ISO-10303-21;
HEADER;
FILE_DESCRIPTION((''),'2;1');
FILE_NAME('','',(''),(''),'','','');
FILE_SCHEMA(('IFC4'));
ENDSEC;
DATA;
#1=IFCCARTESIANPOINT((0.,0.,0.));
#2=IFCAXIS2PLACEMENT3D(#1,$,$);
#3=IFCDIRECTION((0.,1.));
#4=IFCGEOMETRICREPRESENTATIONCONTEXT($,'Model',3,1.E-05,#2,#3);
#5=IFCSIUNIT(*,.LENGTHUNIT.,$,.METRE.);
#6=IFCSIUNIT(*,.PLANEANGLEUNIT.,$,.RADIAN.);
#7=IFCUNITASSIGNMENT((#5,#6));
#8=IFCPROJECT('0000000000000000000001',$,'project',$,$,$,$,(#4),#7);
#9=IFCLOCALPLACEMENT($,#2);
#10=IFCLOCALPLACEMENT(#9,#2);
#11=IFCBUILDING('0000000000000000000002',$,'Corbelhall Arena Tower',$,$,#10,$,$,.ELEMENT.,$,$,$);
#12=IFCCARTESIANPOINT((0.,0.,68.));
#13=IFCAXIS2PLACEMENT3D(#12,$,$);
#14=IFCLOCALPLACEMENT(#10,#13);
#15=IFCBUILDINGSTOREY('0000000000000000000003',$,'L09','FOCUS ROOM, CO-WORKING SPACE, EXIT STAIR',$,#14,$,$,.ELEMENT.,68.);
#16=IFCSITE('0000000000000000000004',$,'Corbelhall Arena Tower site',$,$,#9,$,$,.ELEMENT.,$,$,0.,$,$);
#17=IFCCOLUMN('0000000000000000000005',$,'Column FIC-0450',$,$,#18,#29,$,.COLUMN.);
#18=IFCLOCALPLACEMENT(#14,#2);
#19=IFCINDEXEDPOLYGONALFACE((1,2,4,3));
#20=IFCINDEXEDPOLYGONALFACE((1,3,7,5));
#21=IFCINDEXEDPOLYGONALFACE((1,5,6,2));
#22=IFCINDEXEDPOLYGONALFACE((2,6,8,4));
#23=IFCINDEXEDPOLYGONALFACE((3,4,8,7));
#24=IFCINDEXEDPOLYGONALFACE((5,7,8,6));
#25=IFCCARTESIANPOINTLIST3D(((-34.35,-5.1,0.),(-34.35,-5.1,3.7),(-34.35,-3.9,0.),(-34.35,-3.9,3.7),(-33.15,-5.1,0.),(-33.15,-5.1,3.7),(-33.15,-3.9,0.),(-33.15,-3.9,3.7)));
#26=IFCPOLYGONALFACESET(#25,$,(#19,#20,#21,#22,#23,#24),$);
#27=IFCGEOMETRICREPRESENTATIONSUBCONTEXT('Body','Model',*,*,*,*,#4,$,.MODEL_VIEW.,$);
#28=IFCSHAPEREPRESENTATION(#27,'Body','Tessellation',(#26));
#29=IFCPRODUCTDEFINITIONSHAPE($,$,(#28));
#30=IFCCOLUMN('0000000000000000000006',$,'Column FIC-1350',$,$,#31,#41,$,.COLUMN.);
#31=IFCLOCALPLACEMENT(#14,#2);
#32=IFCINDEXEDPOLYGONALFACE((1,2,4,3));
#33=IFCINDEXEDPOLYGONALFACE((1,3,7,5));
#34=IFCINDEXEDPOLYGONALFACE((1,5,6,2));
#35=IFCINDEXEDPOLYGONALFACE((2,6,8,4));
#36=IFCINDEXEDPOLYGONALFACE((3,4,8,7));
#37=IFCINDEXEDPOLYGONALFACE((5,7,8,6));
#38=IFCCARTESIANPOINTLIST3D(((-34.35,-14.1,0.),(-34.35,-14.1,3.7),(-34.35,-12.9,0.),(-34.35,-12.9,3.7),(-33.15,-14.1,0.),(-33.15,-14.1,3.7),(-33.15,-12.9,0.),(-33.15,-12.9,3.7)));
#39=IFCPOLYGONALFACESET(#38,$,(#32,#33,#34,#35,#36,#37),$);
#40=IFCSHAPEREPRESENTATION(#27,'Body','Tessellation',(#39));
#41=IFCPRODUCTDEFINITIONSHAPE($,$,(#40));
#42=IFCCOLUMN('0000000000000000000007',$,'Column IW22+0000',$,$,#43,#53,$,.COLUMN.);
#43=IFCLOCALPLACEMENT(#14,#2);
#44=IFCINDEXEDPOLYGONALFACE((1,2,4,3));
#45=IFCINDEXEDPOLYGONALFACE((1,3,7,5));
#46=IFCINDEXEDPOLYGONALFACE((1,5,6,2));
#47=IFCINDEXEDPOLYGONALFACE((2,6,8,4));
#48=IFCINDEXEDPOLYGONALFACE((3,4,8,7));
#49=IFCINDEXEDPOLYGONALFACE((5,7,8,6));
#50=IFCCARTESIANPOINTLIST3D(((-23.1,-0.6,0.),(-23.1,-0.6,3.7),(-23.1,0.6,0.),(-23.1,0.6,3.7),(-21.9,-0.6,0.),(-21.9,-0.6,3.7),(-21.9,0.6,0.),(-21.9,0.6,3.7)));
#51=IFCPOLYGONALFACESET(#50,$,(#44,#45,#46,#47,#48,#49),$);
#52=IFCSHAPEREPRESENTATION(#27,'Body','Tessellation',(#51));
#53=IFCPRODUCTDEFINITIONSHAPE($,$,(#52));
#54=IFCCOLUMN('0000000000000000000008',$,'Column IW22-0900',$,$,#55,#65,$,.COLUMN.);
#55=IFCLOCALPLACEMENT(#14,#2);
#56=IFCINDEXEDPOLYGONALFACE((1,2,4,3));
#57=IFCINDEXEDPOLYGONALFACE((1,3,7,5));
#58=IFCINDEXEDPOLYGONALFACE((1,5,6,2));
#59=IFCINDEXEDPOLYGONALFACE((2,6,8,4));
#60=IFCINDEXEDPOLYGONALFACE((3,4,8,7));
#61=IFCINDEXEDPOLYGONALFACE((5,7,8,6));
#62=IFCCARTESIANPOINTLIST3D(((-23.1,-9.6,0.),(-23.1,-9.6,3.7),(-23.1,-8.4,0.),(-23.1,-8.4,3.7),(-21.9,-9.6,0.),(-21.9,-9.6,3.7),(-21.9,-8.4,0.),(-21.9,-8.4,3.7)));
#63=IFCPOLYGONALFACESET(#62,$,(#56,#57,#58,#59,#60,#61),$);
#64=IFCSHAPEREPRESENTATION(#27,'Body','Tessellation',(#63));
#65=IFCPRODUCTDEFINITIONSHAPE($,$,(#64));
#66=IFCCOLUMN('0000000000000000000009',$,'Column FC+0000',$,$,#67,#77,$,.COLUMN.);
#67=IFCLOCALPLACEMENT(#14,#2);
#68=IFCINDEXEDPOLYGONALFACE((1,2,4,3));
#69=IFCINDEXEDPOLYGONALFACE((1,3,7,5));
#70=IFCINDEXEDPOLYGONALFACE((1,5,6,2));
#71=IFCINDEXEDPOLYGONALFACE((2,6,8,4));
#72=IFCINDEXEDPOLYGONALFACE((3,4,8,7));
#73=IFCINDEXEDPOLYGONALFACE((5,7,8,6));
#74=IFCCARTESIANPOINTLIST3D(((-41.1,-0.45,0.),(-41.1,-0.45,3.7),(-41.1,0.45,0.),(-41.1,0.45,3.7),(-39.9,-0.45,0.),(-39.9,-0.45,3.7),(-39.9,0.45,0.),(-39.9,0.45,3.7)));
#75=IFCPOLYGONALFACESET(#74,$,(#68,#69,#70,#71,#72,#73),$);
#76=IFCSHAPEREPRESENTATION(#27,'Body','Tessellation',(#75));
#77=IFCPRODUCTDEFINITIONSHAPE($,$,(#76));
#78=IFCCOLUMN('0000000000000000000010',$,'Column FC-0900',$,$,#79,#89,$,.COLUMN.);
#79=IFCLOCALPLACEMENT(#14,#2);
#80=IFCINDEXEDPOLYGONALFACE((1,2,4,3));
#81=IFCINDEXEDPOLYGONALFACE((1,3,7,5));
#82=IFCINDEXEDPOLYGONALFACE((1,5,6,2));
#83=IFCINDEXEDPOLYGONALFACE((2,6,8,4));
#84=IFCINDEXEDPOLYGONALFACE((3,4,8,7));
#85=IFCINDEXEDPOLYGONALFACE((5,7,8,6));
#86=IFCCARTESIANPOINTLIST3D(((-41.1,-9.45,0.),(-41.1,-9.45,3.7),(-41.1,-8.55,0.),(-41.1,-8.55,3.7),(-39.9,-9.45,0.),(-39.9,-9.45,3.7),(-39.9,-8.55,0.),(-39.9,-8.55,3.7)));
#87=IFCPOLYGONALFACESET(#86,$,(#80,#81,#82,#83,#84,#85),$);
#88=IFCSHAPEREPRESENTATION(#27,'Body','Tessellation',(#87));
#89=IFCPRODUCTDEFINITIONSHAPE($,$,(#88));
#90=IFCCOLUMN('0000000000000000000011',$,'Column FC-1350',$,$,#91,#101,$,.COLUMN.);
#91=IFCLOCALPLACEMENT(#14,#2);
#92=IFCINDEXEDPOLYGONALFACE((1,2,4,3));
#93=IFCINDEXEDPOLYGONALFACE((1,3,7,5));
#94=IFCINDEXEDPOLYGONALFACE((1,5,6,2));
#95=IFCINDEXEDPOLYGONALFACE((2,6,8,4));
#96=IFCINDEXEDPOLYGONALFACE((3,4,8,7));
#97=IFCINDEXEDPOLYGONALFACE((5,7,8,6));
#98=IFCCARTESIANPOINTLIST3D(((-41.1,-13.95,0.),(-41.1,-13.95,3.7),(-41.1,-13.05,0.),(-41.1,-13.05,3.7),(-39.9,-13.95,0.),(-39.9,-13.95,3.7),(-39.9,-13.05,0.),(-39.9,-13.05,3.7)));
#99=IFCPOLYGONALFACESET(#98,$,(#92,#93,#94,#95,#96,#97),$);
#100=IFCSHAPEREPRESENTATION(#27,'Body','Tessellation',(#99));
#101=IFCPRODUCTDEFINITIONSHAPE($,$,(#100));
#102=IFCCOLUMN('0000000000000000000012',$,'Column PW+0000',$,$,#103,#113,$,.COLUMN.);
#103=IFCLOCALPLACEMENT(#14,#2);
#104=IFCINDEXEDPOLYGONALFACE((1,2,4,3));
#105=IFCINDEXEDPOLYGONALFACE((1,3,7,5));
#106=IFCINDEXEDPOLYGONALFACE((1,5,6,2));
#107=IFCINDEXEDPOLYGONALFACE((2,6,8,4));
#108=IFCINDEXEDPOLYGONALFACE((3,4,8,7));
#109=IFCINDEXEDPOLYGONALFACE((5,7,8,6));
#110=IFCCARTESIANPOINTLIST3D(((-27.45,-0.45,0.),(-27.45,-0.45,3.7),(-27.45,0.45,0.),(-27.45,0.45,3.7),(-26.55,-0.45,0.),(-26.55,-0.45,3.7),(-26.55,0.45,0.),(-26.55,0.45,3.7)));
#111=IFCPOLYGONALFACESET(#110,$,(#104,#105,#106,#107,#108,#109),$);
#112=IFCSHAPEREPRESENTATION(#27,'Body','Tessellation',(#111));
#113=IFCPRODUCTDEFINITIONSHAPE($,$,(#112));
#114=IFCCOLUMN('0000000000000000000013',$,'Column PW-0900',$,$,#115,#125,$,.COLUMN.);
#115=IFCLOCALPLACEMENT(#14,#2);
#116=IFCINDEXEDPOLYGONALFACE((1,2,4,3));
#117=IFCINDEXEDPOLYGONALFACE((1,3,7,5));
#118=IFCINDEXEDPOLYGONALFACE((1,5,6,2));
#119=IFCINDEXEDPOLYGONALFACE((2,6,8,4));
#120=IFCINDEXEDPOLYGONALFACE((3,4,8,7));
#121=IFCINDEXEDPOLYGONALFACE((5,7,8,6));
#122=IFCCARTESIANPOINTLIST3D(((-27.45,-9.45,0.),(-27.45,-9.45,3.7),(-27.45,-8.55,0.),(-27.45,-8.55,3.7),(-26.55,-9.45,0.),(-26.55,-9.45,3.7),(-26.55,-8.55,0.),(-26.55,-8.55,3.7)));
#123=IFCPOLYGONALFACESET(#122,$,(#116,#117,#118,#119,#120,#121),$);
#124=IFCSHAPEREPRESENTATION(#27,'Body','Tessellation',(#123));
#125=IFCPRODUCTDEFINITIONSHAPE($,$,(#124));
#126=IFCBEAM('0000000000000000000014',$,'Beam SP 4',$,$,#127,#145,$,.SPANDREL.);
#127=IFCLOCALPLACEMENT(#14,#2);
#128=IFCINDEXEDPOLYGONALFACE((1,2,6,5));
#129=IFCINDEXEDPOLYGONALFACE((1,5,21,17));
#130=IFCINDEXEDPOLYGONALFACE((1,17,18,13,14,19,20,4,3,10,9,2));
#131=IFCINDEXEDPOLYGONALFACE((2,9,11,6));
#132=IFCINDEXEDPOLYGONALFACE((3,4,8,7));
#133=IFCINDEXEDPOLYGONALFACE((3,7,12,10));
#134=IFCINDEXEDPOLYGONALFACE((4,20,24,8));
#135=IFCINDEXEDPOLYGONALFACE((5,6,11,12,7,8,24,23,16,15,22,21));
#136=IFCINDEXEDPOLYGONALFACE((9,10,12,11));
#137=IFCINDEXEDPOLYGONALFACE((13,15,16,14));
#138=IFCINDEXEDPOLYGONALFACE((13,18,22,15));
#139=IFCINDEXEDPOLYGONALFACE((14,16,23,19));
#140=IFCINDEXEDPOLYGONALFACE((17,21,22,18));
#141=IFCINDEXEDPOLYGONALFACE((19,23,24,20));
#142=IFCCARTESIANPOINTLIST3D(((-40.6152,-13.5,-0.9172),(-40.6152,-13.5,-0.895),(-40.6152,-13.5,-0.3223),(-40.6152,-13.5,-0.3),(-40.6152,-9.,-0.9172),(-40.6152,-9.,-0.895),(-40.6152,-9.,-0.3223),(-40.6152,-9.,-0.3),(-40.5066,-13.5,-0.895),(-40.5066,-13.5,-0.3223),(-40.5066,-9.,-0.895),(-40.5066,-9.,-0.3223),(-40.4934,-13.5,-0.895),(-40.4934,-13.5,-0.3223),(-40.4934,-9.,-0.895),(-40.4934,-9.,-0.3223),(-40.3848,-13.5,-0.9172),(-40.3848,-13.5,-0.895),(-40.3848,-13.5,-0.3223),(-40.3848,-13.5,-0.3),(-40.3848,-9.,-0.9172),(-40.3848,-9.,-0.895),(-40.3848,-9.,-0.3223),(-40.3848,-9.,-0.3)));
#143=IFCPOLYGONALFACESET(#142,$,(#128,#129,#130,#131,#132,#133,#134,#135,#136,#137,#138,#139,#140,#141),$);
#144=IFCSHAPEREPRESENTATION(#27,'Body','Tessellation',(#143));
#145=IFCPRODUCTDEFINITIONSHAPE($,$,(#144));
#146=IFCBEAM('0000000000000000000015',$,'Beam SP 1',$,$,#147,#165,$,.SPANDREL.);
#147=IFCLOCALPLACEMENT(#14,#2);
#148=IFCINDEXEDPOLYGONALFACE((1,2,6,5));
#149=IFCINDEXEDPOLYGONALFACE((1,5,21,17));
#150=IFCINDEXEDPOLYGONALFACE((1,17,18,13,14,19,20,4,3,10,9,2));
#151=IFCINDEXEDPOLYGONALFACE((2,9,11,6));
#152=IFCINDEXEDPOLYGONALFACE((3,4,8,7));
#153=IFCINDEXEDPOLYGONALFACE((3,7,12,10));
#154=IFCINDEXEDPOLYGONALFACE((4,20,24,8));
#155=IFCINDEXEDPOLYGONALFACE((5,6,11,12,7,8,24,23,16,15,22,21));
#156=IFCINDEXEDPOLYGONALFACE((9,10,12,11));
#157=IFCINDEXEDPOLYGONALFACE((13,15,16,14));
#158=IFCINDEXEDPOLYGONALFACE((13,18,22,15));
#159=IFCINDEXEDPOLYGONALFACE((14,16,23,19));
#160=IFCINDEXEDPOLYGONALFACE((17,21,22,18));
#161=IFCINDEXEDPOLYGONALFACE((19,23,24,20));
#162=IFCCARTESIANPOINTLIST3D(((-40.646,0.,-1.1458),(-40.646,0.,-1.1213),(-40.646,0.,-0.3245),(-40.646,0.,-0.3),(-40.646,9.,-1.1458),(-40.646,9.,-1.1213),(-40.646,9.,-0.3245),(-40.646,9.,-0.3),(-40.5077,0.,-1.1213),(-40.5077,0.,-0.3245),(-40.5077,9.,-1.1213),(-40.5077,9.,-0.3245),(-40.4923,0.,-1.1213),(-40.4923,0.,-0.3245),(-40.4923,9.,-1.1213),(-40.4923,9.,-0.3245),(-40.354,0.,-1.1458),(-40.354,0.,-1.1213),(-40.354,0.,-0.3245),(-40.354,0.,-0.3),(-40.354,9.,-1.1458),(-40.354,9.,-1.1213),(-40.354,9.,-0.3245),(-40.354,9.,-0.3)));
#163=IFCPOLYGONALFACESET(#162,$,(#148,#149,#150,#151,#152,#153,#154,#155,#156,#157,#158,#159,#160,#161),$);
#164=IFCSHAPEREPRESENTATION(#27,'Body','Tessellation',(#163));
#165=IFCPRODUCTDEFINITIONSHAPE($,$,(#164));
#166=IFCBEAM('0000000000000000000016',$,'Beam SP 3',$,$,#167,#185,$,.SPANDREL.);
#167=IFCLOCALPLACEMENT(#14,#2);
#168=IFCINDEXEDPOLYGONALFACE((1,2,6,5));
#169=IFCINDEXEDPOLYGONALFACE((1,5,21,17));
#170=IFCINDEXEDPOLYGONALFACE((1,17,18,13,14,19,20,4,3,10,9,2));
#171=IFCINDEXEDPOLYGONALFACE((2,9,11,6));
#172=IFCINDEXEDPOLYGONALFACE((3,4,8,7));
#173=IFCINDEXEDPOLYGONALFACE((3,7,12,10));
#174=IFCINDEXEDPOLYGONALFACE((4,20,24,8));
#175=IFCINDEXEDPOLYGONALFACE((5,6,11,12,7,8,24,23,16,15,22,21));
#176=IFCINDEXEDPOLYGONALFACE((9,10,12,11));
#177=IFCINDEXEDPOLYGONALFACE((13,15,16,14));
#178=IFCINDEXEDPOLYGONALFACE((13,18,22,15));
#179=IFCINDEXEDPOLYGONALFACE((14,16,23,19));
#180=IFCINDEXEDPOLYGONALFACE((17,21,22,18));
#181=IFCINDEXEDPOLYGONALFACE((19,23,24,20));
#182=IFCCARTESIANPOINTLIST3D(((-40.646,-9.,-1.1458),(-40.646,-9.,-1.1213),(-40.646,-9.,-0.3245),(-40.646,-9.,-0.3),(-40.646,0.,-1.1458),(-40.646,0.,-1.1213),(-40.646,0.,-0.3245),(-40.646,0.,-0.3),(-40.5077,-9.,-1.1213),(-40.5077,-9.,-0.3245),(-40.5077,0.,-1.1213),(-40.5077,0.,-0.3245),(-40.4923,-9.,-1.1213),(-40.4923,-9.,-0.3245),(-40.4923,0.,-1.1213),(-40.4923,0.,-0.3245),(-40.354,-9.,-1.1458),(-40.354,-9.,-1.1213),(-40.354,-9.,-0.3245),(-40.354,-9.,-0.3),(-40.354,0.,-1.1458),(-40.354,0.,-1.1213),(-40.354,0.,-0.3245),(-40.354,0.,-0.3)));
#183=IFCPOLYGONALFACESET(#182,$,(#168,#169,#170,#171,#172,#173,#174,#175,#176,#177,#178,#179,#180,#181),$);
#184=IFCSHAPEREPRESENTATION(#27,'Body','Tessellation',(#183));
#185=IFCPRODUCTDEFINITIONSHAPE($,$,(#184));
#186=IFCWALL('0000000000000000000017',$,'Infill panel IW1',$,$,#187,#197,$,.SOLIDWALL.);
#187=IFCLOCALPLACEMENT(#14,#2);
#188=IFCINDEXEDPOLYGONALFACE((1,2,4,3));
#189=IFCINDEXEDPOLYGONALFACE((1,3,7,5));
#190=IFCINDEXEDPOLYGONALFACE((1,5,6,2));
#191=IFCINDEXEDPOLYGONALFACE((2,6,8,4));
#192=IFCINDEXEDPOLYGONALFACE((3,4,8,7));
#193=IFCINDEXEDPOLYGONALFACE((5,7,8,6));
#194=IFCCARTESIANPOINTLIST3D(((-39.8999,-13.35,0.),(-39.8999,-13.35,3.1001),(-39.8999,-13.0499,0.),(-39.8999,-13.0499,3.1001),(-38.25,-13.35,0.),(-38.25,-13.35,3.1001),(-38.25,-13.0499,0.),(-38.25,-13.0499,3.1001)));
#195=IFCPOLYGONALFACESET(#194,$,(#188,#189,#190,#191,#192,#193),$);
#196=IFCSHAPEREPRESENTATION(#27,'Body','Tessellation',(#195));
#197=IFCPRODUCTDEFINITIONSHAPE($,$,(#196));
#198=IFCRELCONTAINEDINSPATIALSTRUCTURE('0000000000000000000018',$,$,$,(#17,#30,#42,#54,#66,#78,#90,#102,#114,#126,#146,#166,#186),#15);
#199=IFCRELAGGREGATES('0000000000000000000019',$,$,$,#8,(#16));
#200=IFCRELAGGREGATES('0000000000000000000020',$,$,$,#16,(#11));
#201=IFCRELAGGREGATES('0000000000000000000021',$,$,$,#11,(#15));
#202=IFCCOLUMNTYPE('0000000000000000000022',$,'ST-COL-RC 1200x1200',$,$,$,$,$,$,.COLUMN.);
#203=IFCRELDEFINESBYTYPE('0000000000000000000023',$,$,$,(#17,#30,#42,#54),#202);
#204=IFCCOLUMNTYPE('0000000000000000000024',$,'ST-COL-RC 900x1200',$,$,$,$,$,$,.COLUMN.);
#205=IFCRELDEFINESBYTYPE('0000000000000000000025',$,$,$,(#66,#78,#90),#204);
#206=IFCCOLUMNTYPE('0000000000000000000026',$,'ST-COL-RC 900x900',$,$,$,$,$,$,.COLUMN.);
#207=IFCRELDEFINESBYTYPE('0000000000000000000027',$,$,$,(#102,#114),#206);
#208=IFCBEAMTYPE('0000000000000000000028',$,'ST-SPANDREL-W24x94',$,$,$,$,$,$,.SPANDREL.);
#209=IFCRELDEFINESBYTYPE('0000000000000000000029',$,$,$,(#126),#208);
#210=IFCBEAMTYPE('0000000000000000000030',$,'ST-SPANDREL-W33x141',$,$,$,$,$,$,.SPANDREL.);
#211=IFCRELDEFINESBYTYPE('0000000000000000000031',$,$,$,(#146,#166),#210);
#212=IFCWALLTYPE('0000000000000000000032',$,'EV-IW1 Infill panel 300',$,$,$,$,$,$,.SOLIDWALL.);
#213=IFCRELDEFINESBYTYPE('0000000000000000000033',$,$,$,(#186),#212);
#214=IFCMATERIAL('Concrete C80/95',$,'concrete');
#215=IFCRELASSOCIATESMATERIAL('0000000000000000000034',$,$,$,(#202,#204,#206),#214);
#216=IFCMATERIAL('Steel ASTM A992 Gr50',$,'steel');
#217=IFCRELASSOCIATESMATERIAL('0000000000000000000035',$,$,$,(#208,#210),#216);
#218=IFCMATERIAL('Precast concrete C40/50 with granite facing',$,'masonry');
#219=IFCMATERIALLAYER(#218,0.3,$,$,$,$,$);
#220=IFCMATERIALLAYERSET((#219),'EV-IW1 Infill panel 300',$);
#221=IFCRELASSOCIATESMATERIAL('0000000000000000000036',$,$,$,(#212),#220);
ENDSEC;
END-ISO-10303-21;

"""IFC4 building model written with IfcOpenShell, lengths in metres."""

from ifc_helpers import new_model, si_unit, direction, frame, frame_2d, origin, origin_2d, place, context, subcontext, project, spatial, rectangle, i_section, extrude, material, layer, layer_set, material_profile, profile_set, type_object, element, save


model = new_model("IFC4")

# Units and contexts
model_context = context("Model", 3, precision=1e-05, world=origin(), true_north=direction((0.0, 1.0)))
body_context = subcontext(model_context, "Body", "Model", "MODEL_VIEW")
ifc_project = project(units=[si_unit("LENGTHUNIT", "METRE"), si_unit("PLANEANGLEUNIT", "RADIAN")], contexts=[model_context])

# Site, building, storey
site_placement = place(None, origin())
site = spatial("IfcSite", under=ifc_project, at=site_placement, Name="Corbelhall Arena Tower site", CompositionType="ELEMENT", RefElevation=0.0)
building_placement = place(site_placement, origin())
building = spatial("IfcBuilding", under=site, at=building_placement, Name="Corbelhall Arena Tower", CompositionType="ELEMENT")
storey_placement = place(building_placement, frame((0.0, 0.0, 68.0)))
storey = spatial("IfcBuildingStorey", under=building, at=storey_placement, Name="L09", Description="FOCUS ROOM, CO-WORKING SPACE, EXIT STAIR", CompositionType="ELEMENT", Elevation=68.0)

# Columns
ifc_material_1 = material(Name="Concrete C80/95", Category="concrete")
ifc_material_profile_1 = material_profile(ifc_material_1, rectangle(XDim=1.2, YDim=1.2, at=origin_2d()))
ifc_profile_set_1 = profile_set([ifc_material_profile_1], Name="Concrete C80/95")
column_type_1 = type_object("IfcColumnType", Name="ST-COL-RC 1200x1200", PredefinedType="COLUMN", material=ifc_profile_set_1)
for number, where, z_axis, x_axis, name in (
    (1, (-33.75, -4.5, 0.0), (0.0, 0.0, 1.0), (1.0, 0.0, 0.0), "Column FIC-0450"),
    (2, (-33.75, -13.5, 0.0), (0.0, 0.0, 1.0), (1.0, 0.0, 0.0), "Column FIC-1350"),
    (3, (-22.5, 0.0, 0.0), (0.0, 0.0, 1.0), (1.0, 0.0, 0.0), "Column IW22+0000"),
    (4, (-22.5, -9.0, 0.0), (0.0, 0.0, 1.0), (1.0, 0.0, 0.0), "Column IW22-0900"),
):
    element("IfcColumn", number, at=place(storey_placement, frame(where, z_axis=z_axis, x_axis=x_axis)), inside=storey, type_object=column_type_1, Name=name, PredefinedType="COLUMN", context=body_context, shape_type="SweptSolid", body=[
        extrude(rectangle(XDim=1.2, YDim=1.2, at=origin_2d()), origin(), (0.0, 0.0, 1.0), 3.7),
    ])
ifc_material_profile_2 = material_profile(ifc_material_1, rectangle(XDim=0.8999, YDim=1.2, at=origin_2d()))
ifc_profile_set_2 = profile_set([ifc_material_profile_2], Name="Concrete C80/95")
column_type_2 = type_object("IfcColumnType", Name="ST-COL-RC 900x1200", PredefinedType="COLUMN", material=ifc_profile_set_2)
for number, where, z_axis, x_axis, name in (
    (5, (-40.5, 0.0, 0.0), (0.0, 0.0, 1.0), (0.0, 1.0, 0.0), "Column FC+0000"),
    (6, (-40.5, -9.0, 0.0), (0.0, 0.0, 1.0), (0.0, 1.0, 0.0), "Column FC-0900"),
    (7, (-40.5, -13.5, 0.0), (0.0, 0.0, 1.0), (0.0, 1.0, 0.0), "Column FC-1350"),
):
    element("IfcColumn", number, at=place(storey_placement, frame(where, z_axis=z_axis, x_axis=x_axis)), inside=storey, type_object=column_type_2, Name=name, PredefinedType="COLUMN", context=body_context, shape_type="SweptSolid", body=[
        extrude(rectangle(XDim=0.8999, YDim=1.2, at=origin_2d()), origin(), (0.0, 0.0, 1.0), 3.7),
    ])
ifc_material_profile_3 = material_profile(ifc_material_1, rectangle(XDim=0.8999, YDim=0.8999, at=origin_2d()))
ifc_profile_set_3 = profile_set([ifc_material_profile_3], Name="Concrete C80/95")
column_type_3 = type_object("IfcColumnType", Name="ST-COL-RC 900x900", PredefinedType="COLUMN", material=ifc_profile_set_3)
for number, where, z_axis, x_axis, name in (
    (8, (-27.0, 0.0, 0.0), (0.0, 0.0, 1.0), (1.0, 0.0, 0.0), "Column PW+0000"),
    (9, (-27.0, -9.0, 0.0), (0.0, 0.0, 1.0), (1.0, 0.0, 0.0), "Column PW-0900"),
):
    element("IfcColumn", number, at=place(storey_placement, frame(where, z_axis=z_axis, x_axis=x_axis)), inside=storey, type_object=column_type_3, Name=name, PredefinedType="COLUMN", context=body_context, shape_type="SweptSolid", body=[
        extrude(rectangle(XDim=0.8999, YDim=0.8999, at=origin_2d()), origin(), (0.0, 0.0, 1.0), 3.7),
    ])

# Beams
ifc_material_2 = material(Name="Steel ASTM A992 Gr50", Category="steel")
ifc_material_profile_4 = material_profile(ifc_material_2, i_section(OverallWidth=0.2305, OverallDepth=0.6172, WebThickness=0.0132, FlangeThickness=0.0222, at=origin_2d()))
ifc_profile_set_4 = profile_set([ifc_material_profile_4], Name="Steel ASTM A992 Gr50")
beam_type_1 = type_object("IfcBeamType", Name="ST-SPANDREL-W24x94", PredefinedType="SPANDREL", material=ifc_profile_set_4)
beam_placement = place(storey_placement, frame((-40.5, -13.5, -0.6086), z_axis=(0.0, 1.0, 0.0), x_axis=(-1.0, 0.0, 0.0)))
element("IfcBeam", 10, at=beam_placement, inside=storey, type_object=beam_type_1, Name="Beam SP 4", PredefinedType="SPANDREL", context=body_context, shape_type="SweptSolid", body=[
    extrude(i_section(OverallWidth=0.2305, OverallDepth=0.6172, WebThickness=0.0132, FlangeThickness=0.0222, at=origin_2d()), origin(), (0.0, 0.0, 1.0), 4.5),
])
ifc_material_profile_5 = material_profile(ifc_material_2, i_section(OverallWidth=0.292, OverallDepth=0.8457, WebThickness=0.0154, FlangeThickness=0.0244, at=origin_2d()))
ifc_profile_set_5 = profile_set([ifc_material_profile_5], Name="Steel ASTM A992 Gr50")
beam_type_2 = type_object("IfcBeamType", Name="ST-SPANDREL-W33x141", PredefinedType="SPANDREL", material=ifc_profile_set_5)
for number, where, z_axis, x_axis, name in (
    (11, (-40.5, 0.0, -0.7229), (0.0, 1.0, 0.0), (-1.0, 0.0, 0.0), "Beam SP 1"),
    (12, (-40.5, -9.0, -0.7229), (0.0, 1.0, 0.0), (-1.0, 0.0, 0.0), "Beam SP 3"),
):
    element("IfcBeam", number, at=place(storey_placement, frame(where, z_axis=z_axis, x_axis=x_axis)), inside=storey, type_object=beam_type_2, Name=name, PredefinedType="SPANDREL", context=body_context, shape_type="SweptSolid", body=[
        extrude(i_section(OverallWidth=0.292, OverallDepth=0.8457, WebThickness=0.0154, FlangeThickness=0.0244, at=origin_2d()), origin(), (0.0, 0.0, 1.0), 9.0),
    ])

# Wall
ifc_material_3 = material(Name="Precast concrete C40/50 with granite facing", Category="masonry")
ifc_layer_1 = layer(ifc_material_3, 0.3)
ifc_layer_set_1 = layer_set([ifc_layer_1], Name="EV-IW1 Infill panel 300")
wall_type_1 = type_object("IfcWallType", Name="EV-IW1 Infill panel 300", PredefinedType="SOLIDWALL", material=ifc_layer_set_1)
wall_1_placement = place(storey_placement, frame((-39.8999, -13.2, 0.0), z_axis=(0.0, 0.0, 1.0), x_axis=(1.0, 0.0, 0.0)))
element("IfcWall", 13, at=wall_1_placement, inside=storey, type_object=wall_type_1, Name="Infill panel IW1", PredefinedType="SOLIDWALL", context=body_context, shape_type="SweptSolid", body=[
    extrude(rectangle(XDim=1.6499, YDim=0.3, at=frame_2d((0.825, 0.0))), origin(), (0.0, 0.0, 1.0), 3.1001),
])

save(model, "model.ifc")
